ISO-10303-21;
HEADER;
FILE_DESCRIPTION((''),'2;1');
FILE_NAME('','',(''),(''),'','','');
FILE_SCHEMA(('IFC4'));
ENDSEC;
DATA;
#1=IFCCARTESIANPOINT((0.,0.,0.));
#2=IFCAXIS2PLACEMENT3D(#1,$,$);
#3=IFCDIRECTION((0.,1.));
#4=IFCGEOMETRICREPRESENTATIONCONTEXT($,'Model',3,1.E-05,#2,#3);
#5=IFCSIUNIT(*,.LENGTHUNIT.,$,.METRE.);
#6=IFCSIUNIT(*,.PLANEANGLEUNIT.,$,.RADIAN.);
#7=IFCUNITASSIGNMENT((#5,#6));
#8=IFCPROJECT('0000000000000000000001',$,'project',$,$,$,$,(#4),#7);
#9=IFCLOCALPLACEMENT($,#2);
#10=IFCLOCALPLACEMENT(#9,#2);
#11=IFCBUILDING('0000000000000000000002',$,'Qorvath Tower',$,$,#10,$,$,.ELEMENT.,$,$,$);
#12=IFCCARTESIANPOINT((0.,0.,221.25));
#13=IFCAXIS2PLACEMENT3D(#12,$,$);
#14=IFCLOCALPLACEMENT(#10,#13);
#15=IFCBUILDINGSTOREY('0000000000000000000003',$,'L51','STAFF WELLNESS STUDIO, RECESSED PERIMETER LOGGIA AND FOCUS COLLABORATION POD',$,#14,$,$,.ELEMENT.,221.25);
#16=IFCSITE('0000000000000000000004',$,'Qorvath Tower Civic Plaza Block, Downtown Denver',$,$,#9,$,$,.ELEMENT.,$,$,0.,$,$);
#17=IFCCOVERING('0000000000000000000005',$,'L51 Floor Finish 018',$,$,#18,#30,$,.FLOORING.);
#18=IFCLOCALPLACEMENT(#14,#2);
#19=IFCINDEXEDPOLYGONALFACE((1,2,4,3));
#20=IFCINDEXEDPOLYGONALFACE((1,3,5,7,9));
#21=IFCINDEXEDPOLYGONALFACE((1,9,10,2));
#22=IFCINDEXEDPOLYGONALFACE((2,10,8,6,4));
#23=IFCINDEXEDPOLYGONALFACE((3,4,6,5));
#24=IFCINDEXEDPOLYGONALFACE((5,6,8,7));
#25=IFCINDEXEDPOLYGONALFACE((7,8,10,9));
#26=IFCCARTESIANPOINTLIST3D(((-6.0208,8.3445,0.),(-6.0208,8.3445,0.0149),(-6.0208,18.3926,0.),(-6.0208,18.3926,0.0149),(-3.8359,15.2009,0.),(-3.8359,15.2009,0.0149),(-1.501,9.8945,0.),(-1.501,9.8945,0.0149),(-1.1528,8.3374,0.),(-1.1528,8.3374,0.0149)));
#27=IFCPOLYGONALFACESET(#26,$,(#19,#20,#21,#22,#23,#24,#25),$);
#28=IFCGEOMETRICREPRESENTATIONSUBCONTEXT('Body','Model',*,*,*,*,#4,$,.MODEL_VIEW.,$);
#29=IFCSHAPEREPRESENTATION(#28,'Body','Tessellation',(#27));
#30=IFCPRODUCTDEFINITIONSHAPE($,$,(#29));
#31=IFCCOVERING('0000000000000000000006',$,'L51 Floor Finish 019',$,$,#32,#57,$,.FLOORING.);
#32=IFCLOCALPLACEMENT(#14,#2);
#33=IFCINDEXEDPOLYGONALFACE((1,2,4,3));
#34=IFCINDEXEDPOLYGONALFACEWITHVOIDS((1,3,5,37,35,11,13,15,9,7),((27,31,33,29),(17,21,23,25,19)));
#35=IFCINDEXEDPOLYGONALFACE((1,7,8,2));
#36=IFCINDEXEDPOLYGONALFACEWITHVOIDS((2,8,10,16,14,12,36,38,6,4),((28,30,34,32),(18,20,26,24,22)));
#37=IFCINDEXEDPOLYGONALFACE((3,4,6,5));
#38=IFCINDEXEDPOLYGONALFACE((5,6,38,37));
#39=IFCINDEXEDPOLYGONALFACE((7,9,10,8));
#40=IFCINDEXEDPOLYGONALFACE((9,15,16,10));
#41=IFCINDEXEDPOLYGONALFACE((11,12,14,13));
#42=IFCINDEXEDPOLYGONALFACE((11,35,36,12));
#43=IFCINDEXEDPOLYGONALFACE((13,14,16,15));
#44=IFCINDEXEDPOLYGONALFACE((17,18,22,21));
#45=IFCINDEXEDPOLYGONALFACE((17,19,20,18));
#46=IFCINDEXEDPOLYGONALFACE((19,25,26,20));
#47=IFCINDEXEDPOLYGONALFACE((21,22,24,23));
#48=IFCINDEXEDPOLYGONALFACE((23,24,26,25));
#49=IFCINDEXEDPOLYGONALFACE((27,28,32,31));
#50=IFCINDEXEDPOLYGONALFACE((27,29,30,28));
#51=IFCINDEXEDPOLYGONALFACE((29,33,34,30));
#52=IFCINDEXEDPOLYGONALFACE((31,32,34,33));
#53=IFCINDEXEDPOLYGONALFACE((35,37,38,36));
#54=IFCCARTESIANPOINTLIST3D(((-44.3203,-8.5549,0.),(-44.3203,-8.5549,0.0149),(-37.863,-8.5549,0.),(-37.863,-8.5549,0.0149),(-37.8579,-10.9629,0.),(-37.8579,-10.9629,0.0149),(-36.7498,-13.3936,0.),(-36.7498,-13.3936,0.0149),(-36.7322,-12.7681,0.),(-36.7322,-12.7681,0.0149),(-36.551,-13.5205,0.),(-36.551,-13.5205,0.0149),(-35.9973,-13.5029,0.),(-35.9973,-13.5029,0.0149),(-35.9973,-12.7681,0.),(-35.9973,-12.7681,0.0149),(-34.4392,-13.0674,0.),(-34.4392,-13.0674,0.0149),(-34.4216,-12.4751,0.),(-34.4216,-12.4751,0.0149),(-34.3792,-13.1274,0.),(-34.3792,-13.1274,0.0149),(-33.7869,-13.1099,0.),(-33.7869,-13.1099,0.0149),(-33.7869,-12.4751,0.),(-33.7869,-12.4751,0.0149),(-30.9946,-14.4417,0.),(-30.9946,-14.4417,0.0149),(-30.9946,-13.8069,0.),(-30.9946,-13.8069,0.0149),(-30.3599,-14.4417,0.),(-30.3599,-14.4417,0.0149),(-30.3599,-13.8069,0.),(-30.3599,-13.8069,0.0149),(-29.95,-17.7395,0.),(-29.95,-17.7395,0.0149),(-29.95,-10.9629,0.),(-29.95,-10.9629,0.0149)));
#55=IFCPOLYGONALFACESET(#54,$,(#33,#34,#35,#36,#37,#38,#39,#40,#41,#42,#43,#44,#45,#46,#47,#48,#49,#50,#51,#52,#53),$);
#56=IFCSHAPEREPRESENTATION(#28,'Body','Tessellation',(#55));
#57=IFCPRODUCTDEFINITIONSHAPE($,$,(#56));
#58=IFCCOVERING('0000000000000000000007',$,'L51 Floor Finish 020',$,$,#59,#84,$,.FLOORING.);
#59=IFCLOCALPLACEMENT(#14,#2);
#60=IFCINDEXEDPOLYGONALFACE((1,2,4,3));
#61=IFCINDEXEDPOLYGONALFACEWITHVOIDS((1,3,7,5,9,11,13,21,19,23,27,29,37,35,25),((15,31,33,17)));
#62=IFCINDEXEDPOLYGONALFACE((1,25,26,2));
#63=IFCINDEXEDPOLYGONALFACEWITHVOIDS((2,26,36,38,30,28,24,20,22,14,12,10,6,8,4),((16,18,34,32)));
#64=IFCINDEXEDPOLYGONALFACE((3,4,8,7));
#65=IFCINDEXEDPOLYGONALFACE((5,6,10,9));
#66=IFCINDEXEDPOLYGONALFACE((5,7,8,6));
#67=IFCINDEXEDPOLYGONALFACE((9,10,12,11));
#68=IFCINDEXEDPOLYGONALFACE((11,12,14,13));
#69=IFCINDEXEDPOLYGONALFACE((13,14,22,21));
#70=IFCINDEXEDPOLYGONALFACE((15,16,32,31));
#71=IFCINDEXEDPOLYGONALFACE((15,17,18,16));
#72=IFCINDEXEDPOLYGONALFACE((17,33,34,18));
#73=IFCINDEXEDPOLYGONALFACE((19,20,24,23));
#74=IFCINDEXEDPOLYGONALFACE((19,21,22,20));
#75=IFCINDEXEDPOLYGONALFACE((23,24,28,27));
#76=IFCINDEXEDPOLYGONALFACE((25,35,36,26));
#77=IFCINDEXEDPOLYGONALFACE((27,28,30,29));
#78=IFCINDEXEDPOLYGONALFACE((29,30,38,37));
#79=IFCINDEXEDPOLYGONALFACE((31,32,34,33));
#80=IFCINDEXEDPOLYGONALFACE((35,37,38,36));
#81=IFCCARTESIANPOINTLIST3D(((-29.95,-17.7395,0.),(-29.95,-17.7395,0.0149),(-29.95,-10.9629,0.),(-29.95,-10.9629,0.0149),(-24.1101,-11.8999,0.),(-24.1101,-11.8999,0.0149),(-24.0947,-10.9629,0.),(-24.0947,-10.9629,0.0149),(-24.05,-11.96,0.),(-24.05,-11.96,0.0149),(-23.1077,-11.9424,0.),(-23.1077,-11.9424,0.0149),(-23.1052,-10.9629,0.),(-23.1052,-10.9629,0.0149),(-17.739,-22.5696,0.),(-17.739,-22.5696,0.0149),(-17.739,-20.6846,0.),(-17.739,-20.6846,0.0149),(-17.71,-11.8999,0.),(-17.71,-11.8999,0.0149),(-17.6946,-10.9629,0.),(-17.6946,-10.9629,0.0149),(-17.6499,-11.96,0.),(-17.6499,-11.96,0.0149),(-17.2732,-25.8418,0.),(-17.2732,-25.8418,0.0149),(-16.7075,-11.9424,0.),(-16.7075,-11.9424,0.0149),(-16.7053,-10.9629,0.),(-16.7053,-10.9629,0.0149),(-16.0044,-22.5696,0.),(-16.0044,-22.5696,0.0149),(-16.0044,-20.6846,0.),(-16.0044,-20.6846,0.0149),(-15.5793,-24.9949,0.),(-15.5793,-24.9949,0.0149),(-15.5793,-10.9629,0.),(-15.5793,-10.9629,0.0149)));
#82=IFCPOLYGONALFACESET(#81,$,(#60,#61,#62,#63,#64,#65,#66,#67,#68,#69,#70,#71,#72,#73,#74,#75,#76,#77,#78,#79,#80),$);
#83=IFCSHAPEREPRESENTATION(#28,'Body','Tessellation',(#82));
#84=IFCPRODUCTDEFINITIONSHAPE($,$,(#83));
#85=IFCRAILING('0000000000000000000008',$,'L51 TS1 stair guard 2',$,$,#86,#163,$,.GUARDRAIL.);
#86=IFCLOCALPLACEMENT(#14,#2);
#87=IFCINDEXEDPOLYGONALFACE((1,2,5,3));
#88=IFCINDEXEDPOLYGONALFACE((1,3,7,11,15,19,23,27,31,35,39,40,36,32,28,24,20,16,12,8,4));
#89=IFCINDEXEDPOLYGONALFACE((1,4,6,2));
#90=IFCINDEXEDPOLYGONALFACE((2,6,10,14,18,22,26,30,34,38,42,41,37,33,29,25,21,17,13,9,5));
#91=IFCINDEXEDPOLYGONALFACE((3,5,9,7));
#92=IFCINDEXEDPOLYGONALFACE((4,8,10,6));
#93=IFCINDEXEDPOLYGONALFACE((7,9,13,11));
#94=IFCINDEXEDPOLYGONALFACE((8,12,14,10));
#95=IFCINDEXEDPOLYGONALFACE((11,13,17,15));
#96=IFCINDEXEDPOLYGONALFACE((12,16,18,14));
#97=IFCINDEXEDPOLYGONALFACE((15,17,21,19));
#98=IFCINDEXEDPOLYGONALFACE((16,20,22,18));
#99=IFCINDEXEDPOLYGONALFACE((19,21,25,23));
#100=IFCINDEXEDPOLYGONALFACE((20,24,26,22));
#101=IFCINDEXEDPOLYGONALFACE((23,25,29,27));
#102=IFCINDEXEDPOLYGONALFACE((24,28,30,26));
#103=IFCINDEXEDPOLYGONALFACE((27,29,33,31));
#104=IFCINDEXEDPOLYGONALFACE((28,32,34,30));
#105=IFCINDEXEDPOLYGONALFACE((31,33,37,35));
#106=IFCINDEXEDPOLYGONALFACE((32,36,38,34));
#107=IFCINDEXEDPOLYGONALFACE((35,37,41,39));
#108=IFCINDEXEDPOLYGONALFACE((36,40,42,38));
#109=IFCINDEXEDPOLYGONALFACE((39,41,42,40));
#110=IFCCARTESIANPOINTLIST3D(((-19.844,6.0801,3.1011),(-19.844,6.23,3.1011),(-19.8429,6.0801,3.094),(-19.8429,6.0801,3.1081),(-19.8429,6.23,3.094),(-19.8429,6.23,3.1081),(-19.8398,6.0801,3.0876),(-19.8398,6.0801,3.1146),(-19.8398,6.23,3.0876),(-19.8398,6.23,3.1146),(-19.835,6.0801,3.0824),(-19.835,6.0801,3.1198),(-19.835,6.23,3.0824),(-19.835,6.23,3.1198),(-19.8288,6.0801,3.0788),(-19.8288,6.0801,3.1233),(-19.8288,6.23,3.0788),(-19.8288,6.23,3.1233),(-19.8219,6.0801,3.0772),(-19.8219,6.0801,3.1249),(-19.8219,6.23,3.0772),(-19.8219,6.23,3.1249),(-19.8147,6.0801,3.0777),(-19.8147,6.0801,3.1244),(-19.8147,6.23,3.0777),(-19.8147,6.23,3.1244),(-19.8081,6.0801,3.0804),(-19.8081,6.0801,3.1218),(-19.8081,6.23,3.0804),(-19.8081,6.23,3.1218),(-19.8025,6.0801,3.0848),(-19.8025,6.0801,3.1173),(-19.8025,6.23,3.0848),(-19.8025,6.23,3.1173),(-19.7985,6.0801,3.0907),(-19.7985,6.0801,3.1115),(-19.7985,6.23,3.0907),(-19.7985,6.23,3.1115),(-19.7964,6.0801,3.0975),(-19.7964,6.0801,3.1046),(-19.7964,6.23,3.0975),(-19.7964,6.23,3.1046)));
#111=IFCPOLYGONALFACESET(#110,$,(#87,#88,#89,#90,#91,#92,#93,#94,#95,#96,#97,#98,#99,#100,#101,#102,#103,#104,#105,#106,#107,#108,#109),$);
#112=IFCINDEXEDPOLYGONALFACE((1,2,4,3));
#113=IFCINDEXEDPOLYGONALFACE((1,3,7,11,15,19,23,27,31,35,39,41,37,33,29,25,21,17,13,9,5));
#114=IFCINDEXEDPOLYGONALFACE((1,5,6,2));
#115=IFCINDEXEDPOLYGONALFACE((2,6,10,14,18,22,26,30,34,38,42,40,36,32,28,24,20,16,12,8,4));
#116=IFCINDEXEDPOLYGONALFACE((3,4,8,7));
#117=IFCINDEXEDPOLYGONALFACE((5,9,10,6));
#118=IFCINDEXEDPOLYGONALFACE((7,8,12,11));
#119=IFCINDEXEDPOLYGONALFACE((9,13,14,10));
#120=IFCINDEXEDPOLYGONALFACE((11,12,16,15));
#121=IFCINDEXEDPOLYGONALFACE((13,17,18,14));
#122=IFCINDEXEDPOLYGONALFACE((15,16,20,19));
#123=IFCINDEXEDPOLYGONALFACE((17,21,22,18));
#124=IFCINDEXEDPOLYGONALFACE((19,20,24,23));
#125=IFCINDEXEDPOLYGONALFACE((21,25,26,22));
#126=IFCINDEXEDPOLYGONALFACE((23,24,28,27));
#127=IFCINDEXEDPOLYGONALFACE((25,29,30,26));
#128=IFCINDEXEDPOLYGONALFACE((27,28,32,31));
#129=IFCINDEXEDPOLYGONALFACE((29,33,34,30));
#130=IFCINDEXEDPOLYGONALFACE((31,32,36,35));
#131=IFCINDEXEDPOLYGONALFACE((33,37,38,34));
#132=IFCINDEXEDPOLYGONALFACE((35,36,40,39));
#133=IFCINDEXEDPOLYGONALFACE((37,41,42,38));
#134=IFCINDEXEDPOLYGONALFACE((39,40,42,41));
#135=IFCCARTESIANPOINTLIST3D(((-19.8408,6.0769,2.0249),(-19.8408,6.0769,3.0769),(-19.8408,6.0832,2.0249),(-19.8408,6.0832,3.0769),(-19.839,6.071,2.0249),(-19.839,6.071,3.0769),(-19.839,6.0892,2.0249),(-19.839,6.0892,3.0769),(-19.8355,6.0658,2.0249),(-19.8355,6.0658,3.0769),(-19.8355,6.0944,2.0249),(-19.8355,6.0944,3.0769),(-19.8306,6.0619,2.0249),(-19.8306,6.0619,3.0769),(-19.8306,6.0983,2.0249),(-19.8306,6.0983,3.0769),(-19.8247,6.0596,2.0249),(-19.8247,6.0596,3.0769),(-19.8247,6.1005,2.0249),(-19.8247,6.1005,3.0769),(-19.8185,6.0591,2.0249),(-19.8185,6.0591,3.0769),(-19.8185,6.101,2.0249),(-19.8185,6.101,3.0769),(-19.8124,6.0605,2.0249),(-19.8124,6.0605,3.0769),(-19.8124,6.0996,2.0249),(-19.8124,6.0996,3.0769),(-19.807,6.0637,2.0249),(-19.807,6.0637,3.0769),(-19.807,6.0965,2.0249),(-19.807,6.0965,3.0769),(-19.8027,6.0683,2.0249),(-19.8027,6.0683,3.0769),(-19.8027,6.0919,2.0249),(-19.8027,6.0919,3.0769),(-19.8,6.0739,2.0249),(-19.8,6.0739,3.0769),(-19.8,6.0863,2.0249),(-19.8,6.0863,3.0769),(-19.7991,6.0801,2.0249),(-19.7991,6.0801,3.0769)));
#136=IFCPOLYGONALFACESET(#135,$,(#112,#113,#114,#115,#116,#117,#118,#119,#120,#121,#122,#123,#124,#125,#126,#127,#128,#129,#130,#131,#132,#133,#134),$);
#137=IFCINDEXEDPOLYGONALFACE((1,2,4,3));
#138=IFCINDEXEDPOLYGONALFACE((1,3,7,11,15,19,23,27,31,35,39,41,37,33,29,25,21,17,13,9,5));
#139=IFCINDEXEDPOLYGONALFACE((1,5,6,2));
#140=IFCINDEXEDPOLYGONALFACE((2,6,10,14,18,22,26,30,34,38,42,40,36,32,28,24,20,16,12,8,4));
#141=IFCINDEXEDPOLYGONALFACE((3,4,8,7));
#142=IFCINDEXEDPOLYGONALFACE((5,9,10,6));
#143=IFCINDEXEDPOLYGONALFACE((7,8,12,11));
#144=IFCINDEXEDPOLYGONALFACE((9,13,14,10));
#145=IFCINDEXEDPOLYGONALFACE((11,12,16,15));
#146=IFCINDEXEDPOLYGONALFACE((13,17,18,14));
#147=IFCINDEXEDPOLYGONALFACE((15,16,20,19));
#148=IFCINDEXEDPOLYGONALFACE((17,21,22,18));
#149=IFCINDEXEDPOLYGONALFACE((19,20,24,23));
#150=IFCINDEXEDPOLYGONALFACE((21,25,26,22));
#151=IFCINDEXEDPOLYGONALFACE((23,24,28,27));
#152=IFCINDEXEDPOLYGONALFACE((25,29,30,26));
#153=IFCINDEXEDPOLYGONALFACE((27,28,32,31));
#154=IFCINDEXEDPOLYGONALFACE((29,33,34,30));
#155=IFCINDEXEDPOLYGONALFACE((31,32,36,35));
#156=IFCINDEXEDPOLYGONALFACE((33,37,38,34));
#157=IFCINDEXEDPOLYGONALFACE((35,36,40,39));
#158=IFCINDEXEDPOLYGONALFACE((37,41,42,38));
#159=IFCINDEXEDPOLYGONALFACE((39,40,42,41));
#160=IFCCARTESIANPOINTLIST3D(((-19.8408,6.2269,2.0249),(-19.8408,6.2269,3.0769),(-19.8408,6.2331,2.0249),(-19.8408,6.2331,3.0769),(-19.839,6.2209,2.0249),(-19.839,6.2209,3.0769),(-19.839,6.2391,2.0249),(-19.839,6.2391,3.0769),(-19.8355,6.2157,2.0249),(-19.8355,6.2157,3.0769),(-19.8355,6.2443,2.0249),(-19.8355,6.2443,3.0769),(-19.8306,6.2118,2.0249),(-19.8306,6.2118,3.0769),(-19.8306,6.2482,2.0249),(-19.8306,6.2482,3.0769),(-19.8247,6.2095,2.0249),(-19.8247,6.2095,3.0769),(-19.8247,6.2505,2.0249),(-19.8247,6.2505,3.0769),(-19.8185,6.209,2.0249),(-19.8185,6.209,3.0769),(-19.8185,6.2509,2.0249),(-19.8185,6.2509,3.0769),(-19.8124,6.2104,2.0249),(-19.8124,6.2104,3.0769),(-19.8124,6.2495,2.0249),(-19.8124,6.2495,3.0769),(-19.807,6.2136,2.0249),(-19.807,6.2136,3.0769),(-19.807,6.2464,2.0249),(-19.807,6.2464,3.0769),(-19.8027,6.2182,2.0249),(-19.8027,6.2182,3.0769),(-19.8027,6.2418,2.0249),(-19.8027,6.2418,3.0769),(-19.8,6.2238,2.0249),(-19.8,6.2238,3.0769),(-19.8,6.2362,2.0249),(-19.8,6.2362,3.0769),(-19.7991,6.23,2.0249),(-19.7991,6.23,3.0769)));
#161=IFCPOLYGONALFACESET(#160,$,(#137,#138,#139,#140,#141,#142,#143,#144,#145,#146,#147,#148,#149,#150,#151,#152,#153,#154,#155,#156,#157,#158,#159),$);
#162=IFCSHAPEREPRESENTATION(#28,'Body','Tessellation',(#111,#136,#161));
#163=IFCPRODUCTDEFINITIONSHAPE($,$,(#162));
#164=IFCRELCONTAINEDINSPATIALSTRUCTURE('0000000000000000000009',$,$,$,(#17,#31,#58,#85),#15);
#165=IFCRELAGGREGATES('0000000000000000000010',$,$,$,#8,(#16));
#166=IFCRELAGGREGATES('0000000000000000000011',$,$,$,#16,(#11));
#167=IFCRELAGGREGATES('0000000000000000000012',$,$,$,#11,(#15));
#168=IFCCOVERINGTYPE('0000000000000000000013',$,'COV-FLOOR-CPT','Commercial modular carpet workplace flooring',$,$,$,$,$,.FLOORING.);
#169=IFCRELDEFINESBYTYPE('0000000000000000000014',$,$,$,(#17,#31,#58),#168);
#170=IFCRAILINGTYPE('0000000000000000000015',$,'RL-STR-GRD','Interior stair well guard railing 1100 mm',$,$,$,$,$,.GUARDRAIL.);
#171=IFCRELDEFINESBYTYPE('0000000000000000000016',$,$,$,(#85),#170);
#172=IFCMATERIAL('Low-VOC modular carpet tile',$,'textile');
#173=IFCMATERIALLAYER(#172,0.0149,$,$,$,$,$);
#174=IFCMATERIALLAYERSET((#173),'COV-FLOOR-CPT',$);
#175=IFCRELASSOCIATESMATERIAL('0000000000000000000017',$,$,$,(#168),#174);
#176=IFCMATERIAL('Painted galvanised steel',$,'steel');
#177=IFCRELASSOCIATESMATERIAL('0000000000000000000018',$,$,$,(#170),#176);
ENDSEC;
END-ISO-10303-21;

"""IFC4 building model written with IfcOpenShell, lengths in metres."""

from ifc_helpers import new_model, si_unit, direction, frame, origin, origin_2d, place, context, subcontext, project, spatial, polyline, circle, outline, extrude, material, layer, layer_set, type_object, element, save


model = new_model("IFC4")

# Units and contexts
model_context = context("Model", 3, precision=1e-05, world=origin(), true_north=direction((0.0, 1.0)))
body_context = subcontext(model_context, "Body", "Model", "MODEL_VIEW")
ifc_project = project(units=[si_unit("LENGTHUNIT", "METRE"), si_unit("PLANEANGLEUNIT", "RADIAN")], contexts=[model_context])

# Site, building, storey
site_placement = place(None, origin())
site = spatial("IfcSite", under=ifc_project, at=site_placement, Name="Qorvath Tower Civic Plaza Block, Downtown Denver", CompositionType="ELEMENT", RefElevation=0.0)
building_placement = place(site_placement, origin())
building = spatial("IfcBuilding", under=site, at=building_placement, Name="Qorvath Tower", CompositionType="ELEMENT")
storey_placement = place(building_placement, frame((0.0, 0.0, 221.25)))
storey = spatial("IfcBuildingStorey", under=building, at=storey_placement, Name="L51", Description="STAFF WELLNESS STUDIO, RECESSED PERIMETER LOGGIA AND FOCUS COLLABORATION POD", CompositionType="ELEMENT", Elevation=221.25)

# Coverings
ifc_material_1 = material(Name="Low-VOC modular carpet tile", Category="textile")
ifc_layer_1 = layer(ifc_material_1, 0.0149)
ifc_layer_set_1 = layer_set([ifc_layer_1], Name="COV-FLOOR-CPT")
covering_type_1 = type_object("IfcCoveringType", Name="COV-FLOOR-CPT", Description="Commercial modular carpet workplace flooring", PredefinedType="FLOORING", material=ifc_layer_set_1)
covering_1_placement = place(storey_placement, origin())
element("IfcCovering", 1, at=covering_1_placement, inside=storey, type_object=covering_type_1, Name="L51 Floor Finish 018", PredefinedType="FLOORING", context=body_context, shape_type="SweptSolid", body=[
    extrude(outline(polyline([(-1.1528, 8.3374), (-1.501, 9.8945), (-3.8359, 15.2009), (-6.0208, 18.3926), (-6.0208, 8.3445), (-1.1528, 8.3374)])), origin(), (0.0, 0.0, 1.0), 0.0149),
])
covering_2_placement = place(storey_placement, origin())
element("IfcCovering", 2, at=covering_2_placement, inside=storey, type_object=covering_type_1, Name="L51 Floor Finish 019", PredefinedType="FLOORING", context=body_context, shape_type="SweptSolid", body=[
    extrude(outline(polyline([(-29.95, -17.7395), (-29.95, -10.9629), (-37.8579, -10.9629), (-37.863, -8.5549), (-44.3203, -8.5549), (-36.7498, -13.3936), (-36.7322, -12.7681), (-35.9973, -12.7681), (-35.9973, -13.5029), (-36.551, -13.5205), (-29.95, -17.7395)]), holes=[polyline([(-30.9946, -14.4417), (-30.9946, -13.8069), (-30.3599, -13.8069), (-30.3599, -14.4417), (-30.9946, -14.4417)]), polyline([(-34.4392, -13.0674), (-34.4216, -12.4751), (-33.7869, -12.4751), (-33.7869, -13.1099), (-34.3792, -13.1274), (-34.4392, -13.0674)])]), origin(), (0.0, 0.0, 1.0), 0.0149),
])
covering_3_placement = place(storey_placement, origin())
element("IfcCovering", 3, at=covering_3_placement, inside=storey, type_object=covering_type_1, Name="L51 Floor Finish 020", PredefinedType="FLOORING", context=body_context, shape_type="SweptSolid", body=[
    extrude(outline(polyline([(-15.5793, -24.9949), (-15.5793, -10.9629), (-16.7053, -10.9629), (-16.7075, -11.9424), (-17.6499, -11.96), (-17.71, -11.8999), (-17.6946, -10.9629), (-23.1052, -10.9629), (-23.1077, -11.9424), (-24.05, -11.96), (-24.1101, -11.8999), (-24.0947, -10.9629), (-29.95, -10.9629), (-29.95, -17.7395), (-17.2732, -25.8418), (-15.5793, -24.9949)]), holes=[polyline([(-17.739, -22.5696), (-17.739, -20.6846), (-16.0044, -20.6846), (-16.0044, -22.5696), (-17.739, -22.5696)])]), origin(), (0.0, 0.0, 1.0), 0.0149),
])

# Railing
ifc_material_2 = material(Name="Painted galvanised steel", Category="steel")
railing_type = type_object("IfcRailingType", Name="RL-STR-GRD", Description="Interior stair well guard railing 1100 mm", PredefinedType="GUARDRAIL", material=ifc_material_2)
railing_1_placement = place(storey_placement, frame((-19.8201, 6.0801, 2.0249)))
element("IfcRailing", 4, at=railing_1_placement, inside=storey, type_object=railing_type, Name="L51 TS1 stair guard 2", PredefinedType="GUARDRAIL", context=body_context, shape_type="SweptSolid", body=[
    extrude(circle(Radius=0.0239, at=origin_2d()), frame((0.0, 0.0, 1.0762), z_axis=(0.0, 1.0, 0.0), x_axis=(-1.0, 0.0, 0.0)), (0.0, 0.0, 1.0), 0.1499),
    extrude(circle(Radius=0.021, at=origin_2d()), origin(), (0.0, 0.0, 1.0), 1.052),
    extrude(circle(Radius=0.021, at=origin_2d()), frame((0.0, 0.1499, 0.0)), (0.0, 0.0, 1.0), 1.052),
])

save(model, "model.ifc")
